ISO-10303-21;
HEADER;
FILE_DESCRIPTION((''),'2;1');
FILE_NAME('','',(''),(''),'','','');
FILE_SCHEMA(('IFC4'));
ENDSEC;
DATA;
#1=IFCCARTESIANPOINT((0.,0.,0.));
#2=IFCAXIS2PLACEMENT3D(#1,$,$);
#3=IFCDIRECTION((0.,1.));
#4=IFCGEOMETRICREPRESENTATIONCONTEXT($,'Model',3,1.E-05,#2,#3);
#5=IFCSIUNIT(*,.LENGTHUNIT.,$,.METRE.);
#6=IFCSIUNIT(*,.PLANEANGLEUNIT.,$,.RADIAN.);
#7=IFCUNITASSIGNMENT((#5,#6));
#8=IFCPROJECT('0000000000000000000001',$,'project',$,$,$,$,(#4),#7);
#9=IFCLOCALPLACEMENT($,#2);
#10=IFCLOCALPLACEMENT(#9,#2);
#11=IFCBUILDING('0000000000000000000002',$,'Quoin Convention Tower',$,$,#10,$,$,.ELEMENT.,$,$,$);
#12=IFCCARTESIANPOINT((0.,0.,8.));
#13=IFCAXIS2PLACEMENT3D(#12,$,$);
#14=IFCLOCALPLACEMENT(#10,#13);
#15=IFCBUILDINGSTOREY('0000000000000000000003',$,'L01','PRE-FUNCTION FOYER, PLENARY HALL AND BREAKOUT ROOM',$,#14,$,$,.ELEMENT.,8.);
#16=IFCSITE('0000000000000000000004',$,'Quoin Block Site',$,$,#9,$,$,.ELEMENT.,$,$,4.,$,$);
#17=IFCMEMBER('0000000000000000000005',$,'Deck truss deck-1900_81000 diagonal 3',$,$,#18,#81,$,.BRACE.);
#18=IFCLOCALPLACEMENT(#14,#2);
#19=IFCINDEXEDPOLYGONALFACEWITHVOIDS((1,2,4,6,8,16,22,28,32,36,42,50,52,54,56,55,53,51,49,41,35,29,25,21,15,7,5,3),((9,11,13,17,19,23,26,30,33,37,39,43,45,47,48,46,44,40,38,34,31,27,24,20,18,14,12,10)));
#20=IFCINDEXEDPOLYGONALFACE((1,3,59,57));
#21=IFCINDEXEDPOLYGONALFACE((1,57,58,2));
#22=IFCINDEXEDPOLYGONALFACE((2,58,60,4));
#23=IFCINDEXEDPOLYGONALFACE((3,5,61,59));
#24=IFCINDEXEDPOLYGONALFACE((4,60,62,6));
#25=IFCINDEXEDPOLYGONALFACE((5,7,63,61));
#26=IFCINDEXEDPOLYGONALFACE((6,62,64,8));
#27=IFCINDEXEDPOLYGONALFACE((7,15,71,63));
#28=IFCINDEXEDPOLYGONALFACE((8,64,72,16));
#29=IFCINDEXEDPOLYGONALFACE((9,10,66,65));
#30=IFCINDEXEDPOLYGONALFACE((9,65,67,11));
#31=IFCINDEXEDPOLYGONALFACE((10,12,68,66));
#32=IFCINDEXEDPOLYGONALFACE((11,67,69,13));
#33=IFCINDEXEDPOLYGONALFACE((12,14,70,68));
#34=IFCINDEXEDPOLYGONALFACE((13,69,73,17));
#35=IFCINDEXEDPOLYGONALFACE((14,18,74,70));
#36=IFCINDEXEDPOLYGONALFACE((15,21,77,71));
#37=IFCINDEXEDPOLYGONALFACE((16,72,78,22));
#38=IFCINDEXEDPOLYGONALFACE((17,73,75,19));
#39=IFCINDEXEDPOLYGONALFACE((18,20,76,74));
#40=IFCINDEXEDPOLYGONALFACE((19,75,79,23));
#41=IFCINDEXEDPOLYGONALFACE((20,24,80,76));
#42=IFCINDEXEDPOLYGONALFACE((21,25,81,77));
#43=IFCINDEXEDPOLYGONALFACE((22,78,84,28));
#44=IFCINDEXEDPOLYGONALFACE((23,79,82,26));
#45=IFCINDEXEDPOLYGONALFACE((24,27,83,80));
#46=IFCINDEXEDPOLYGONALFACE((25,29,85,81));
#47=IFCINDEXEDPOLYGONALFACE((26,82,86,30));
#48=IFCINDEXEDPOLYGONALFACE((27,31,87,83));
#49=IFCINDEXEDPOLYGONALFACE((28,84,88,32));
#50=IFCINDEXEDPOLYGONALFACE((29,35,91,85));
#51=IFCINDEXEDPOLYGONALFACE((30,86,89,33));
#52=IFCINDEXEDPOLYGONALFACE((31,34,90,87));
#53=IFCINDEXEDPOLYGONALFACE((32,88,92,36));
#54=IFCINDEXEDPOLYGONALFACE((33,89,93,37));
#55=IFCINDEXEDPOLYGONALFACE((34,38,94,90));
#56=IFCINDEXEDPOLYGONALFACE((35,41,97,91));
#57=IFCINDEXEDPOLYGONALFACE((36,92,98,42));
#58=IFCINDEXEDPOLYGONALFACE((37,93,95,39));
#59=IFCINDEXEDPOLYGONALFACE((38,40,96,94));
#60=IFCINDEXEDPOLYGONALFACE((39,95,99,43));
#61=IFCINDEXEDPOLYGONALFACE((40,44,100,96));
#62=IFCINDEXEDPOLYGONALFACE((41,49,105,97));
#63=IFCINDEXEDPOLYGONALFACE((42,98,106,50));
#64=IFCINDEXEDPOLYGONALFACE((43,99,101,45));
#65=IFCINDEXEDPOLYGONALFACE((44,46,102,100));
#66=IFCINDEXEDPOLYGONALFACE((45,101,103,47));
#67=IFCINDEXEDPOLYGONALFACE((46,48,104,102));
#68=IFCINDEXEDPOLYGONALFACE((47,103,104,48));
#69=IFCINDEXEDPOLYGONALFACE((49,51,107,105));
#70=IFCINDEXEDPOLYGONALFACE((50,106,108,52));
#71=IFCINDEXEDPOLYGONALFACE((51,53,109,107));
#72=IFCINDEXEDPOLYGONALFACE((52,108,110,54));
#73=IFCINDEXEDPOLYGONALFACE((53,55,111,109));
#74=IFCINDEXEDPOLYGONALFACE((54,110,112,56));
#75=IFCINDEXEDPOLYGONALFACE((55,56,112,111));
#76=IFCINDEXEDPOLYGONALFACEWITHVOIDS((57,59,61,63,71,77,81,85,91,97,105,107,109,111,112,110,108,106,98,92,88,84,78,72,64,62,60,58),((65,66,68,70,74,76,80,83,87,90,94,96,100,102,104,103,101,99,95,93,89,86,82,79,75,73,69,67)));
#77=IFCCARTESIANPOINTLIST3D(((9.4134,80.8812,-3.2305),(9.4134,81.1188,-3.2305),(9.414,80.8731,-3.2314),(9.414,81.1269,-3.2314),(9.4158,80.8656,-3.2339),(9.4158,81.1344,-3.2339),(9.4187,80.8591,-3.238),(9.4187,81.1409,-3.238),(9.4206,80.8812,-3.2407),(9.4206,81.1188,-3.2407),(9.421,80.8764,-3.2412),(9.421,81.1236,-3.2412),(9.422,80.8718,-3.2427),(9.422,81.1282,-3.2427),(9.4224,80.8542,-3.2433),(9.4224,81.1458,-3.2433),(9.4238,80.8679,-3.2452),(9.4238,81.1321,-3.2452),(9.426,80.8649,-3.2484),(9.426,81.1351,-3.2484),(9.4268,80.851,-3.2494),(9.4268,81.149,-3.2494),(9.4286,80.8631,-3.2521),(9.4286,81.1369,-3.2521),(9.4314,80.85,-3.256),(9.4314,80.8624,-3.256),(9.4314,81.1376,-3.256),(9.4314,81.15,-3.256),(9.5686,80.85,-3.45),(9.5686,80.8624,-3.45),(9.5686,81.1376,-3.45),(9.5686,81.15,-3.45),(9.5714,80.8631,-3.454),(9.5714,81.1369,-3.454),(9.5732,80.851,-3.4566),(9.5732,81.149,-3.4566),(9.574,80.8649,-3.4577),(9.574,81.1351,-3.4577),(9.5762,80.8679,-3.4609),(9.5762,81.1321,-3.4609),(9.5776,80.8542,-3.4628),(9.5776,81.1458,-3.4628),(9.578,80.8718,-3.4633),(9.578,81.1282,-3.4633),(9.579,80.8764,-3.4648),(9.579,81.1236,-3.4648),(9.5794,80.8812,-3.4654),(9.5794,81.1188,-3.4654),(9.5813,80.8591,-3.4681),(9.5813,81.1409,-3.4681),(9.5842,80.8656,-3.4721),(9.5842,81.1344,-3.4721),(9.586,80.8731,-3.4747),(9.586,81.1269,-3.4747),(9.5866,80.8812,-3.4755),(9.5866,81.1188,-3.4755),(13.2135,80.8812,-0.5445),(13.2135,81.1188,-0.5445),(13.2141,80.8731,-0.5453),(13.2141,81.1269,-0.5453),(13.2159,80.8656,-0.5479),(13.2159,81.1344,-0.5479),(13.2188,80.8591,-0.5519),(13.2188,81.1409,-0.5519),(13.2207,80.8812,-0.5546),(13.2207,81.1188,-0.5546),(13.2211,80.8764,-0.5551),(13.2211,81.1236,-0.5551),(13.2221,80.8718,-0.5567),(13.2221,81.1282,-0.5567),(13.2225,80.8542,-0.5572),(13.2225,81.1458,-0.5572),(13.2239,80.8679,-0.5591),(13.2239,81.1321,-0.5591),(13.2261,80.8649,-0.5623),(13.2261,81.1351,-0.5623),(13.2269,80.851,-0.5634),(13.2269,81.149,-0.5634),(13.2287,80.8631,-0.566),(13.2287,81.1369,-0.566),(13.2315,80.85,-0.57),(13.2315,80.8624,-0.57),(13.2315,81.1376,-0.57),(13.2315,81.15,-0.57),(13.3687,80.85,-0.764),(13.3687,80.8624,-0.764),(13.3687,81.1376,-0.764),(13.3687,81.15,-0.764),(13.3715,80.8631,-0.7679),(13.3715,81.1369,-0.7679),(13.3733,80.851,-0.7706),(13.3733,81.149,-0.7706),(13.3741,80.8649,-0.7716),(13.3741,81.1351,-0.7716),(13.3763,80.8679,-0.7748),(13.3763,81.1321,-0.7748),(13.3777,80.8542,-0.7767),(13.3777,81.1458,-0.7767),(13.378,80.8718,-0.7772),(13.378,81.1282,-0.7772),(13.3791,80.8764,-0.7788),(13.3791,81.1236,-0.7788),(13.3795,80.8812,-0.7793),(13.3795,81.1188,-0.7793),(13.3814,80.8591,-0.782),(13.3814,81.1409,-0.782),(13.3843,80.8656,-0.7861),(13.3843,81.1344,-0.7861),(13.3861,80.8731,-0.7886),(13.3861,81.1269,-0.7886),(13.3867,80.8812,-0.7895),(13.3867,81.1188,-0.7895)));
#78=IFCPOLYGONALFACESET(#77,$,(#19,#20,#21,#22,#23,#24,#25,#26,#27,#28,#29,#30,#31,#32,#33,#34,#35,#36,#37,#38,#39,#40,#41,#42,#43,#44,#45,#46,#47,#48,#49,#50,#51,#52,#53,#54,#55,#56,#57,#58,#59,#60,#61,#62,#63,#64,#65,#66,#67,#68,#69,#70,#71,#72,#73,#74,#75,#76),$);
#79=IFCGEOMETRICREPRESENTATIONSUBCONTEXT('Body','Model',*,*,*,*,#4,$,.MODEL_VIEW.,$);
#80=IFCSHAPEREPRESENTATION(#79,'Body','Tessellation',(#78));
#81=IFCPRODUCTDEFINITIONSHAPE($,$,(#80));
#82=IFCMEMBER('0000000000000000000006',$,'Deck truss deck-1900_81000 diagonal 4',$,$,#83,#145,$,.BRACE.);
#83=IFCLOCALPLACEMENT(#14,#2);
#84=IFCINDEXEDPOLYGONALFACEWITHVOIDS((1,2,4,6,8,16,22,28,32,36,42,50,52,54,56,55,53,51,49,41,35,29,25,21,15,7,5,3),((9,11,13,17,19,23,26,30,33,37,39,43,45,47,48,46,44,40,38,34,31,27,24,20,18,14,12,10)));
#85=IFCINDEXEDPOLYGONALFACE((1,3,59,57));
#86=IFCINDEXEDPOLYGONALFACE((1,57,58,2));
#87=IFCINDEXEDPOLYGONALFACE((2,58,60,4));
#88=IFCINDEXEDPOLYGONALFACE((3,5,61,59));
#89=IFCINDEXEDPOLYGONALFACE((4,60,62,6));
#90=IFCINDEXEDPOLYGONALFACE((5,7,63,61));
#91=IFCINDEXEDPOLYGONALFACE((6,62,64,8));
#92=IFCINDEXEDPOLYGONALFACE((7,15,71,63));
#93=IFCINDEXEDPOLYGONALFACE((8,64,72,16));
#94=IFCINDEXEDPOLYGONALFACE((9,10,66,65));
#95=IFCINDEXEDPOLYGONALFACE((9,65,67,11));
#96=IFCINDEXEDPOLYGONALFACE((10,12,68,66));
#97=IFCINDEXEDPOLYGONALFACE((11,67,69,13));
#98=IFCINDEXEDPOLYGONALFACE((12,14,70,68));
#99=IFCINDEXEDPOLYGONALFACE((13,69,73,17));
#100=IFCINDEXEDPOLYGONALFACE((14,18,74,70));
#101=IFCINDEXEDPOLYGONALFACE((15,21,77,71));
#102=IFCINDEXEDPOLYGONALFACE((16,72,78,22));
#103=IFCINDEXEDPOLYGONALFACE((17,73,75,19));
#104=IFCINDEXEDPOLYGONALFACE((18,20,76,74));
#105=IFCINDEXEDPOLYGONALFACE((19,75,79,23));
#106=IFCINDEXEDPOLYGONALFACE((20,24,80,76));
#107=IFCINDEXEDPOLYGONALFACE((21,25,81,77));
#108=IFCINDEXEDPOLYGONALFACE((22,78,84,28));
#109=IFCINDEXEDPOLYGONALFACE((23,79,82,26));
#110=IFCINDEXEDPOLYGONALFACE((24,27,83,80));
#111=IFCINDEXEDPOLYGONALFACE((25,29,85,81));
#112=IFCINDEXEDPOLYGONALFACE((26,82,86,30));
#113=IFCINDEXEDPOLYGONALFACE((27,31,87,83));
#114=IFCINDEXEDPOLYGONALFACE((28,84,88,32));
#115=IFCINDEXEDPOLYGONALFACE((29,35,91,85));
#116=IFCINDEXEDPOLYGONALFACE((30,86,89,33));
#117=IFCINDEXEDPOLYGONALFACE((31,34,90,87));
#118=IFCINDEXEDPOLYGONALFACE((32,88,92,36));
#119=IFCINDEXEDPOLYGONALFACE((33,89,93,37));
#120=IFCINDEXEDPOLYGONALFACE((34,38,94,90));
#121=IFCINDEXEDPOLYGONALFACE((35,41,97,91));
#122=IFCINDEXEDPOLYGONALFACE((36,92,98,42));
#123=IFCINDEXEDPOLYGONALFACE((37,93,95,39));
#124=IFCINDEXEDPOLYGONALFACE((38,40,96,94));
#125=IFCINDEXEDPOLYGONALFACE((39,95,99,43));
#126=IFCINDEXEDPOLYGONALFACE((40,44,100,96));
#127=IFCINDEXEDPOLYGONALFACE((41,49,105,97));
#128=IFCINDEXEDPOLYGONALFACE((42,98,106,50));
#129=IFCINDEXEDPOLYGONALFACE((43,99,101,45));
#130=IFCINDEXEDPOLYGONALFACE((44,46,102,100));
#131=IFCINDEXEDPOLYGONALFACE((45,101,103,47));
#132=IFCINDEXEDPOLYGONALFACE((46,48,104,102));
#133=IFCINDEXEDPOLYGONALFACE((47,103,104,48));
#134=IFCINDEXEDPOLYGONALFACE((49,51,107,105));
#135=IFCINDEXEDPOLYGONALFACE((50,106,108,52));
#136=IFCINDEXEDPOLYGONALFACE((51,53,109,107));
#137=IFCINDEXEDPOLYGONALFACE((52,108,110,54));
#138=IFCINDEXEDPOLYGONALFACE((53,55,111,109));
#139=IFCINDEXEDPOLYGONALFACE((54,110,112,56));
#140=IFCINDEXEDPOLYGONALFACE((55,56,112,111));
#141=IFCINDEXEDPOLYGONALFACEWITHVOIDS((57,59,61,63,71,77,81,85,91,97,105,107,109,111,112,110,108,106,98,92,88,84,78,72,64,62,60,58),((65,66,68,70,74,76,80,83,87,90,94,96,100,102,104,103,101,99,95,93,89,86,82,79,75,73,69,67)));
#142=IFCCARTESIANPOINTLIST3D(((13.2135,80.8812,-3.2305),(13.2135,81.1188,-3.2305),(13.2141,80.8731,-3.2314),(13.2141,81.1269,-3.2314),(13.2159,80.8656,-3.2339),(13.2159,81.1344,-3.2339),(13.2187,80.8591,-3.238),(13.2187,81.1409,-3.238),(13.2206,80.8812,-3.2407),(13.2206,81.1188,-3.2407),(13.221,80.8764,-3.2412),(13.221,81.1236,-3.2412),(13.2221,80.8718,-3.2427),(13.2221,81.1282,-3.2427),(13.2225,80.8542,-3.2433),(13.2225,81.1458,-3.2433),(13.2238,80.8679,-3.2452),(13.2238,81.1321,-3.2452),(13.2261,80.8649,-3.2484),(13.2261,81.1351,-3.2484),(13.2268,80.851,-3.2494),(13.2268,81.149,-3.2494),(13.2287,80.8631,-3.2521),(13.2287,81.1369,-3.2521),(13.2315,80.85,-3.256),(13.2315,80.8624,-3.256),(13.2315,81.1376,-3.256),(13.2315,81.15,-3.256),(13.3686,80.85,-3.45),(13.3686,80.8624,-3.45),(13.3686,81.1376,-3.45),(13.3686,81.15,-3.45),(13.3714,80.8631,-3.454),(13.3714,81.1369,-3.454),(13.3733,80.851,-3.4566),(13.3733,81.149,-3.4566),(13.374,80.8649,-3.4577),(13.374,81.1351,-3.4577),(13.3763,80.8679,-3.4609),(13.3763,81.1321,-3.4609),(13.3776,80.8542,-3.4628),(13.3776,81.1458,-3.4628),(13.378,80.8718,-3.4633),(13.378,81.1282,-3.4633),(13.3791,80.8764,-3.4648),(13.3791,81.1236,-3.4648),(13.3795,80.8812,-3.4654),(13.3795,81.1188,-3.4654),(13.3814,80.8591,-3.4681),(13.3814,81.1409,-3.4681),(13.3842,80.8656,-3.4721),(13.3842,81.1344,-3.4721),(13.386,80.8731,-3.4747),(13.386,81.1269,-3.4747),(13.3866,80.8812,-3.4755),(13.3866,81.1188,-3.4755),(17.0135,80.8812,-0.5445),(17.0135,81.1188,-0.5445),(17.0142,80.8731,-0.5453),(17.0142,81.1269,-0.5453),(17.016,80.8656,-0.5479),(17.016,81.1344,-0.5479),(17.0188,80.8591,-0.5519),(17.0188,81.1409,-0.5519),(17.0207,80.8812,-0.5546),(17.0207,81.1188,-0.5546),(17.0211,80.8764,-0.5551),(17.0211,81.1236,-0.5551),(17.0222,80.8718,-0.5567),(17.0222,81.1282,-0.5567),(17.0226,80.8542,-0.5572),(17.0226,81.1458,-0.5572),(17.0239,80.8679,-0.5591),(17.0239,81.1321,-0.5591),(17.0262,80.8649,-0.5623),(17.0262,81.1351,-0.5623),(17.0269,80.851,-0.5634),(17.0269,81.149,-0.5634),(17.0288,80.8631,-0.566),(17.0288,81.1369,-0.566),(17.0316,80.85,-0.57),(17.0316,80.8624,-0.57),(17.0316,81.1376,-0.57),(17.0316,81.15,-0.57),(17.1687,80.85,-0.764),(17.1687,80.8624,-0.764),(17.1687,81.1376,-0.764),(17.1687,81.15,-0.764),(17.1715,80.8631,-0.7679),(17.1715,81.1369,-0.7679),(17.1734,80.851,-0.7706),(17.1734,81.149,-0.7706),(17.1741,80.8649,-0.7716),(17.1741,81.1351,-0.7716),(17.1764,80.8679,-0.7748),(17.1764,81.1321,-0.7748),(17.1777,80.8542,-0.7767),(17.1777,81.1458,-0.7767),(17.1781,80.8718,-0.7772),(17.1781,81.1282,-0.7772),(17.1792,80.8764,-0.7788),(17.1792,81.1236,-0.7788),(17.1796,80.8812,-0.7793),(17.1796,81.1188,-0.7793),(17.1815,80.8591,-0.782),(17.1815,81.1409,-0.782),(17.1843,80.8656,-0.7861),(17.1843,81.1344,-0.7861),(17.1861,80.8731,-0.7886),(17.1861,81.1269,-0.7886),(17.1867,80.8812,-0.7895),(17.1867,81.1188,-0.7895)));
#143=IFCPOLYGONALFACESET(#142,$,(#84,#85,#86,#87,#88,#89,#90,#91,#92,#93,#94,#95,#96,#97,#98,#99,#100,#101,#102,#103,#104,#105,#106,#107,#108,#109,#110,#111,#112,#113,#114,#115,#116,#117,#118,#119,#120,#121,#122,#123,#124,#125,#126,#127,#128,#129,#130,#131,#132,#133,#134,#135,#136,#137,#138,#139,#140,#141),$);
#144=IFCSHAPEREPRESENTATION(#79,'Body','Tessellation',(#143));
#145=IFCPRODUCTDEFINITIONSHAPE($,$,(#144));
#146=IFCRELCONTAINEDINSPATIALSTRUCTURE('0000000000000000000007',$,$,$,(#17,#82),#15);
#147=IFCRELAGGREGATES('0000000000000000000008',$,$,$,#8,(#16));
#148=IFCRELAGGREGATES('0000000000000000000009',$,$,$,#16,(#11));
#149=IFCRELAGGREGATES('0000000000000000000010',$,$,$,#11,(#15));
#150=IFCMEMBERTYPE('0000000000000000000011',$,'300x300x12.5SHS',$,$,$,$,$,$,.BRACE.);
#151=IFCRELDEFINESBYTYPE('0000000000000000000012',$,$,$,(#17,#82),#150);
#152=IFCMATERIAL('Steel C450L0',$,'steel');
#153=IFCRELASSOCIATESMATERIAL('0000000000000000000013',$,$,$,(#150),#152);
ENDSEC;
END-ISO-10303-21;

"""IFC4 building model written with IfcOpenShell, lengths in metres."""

from ifc_helpers import new_model, si_unit, direction, frame, origin, origin_2d, place, context, subcontext, project, spatial, hollow_rectangle, extrude, material, material_profile, profile_set, type_object, element, save


model = new_model("IFC4")

# Units and contexts
model_context = context("Model", 3, precision=1e-05, world=origin(), true_north=direction((0.0, 1.0)))
body_context = subcontext(model_context, "Body", "Model", "MODEL_VIEW")
ifc_project = project(units=[si_unit("LENGTHUNIT", "METRE"), si_unit("PLANEANGLEUNIT", "RADIAN")], contexts=[model_context])

# Site, building, storey
site_placement = place(None, origin())
site = spatial("IfcSite", under=ifc_project, at=site_placement, Name="Quoin Block Site", CompositionType="ELEMENT", RefElevation=4.0)
building_placement = place(site_placement, origin())
building = spatial("IfcBuilding", under=site, at=building_placement, Name="Quoin Convention Tower", CompositionType="ELEMENT")
storey_placement = place(building_placement, frame((0.0, 0.0, 8.0)))
storey = spatial("IfcBuildingStorey", under=building, at=storey_placement, Name="L01", Description="PRE-FUNCTION FOYER, PLENARY HALL AND BREAKOUT ROOM", CompositionType="ELEMENT", Elevation=8.0)

# Members
ifc_material_1 = material(Name="Steel C450L0", Category="steel")
ifc_material_profile_1 = material_profile(ifc_material_1, hollow_rectangle(XDim=0.3, YDim=0.3, WallThickness=0.0125, InnerFilletRadius=0.0188, OuterFilletRadius=0.0312, at=origin_2d()), Name="300x300x12.5SHS")
ifc_profile_set_1 = profile_set([ifc_material_profile_1], Name="Steel C450L0")
member_type_1 = type_object("IfcMemberType", Name="300x300x12.5SHS", PredefinedType="BRACE", material=ifc_profile_set_1)
for number, where, z_axis, x_axis, name in (
    (1, (9.5, 81.0, -3.353), (0.816598, 0.0, 0.577206), (0.0, 1.0, 0.0), "Deck truss deck-1900_81000 diagonal 3"),
    (2, (13.3, 81.0, -3.353), (0.816598, 0.0, 0.577206), (0.0, 1.0, 0.0), "Deck truss deck-1900_81000 diagonal 4"),
):
    element("IfcMember", number, at=place(storey_placement, frame(where, z_axis=z_axis, x_axis=x_axis)), inside=storey, type_object=member_type_1, Name=name, PredefinedType="BRACE", context=body_context, shape_type="SweptSolid", body=[
        extrude(hollow_rectangle(XDim=0.3, YDim=0.3, WallThickness=0.0125, InnerFilletRadius=0.0188, OuterFilletRadius=0.0312, at=origin_2d()), origin(), (0.0, 0.0, 1.0), 4.6536),
    ])

save(model, "model.ifc")
